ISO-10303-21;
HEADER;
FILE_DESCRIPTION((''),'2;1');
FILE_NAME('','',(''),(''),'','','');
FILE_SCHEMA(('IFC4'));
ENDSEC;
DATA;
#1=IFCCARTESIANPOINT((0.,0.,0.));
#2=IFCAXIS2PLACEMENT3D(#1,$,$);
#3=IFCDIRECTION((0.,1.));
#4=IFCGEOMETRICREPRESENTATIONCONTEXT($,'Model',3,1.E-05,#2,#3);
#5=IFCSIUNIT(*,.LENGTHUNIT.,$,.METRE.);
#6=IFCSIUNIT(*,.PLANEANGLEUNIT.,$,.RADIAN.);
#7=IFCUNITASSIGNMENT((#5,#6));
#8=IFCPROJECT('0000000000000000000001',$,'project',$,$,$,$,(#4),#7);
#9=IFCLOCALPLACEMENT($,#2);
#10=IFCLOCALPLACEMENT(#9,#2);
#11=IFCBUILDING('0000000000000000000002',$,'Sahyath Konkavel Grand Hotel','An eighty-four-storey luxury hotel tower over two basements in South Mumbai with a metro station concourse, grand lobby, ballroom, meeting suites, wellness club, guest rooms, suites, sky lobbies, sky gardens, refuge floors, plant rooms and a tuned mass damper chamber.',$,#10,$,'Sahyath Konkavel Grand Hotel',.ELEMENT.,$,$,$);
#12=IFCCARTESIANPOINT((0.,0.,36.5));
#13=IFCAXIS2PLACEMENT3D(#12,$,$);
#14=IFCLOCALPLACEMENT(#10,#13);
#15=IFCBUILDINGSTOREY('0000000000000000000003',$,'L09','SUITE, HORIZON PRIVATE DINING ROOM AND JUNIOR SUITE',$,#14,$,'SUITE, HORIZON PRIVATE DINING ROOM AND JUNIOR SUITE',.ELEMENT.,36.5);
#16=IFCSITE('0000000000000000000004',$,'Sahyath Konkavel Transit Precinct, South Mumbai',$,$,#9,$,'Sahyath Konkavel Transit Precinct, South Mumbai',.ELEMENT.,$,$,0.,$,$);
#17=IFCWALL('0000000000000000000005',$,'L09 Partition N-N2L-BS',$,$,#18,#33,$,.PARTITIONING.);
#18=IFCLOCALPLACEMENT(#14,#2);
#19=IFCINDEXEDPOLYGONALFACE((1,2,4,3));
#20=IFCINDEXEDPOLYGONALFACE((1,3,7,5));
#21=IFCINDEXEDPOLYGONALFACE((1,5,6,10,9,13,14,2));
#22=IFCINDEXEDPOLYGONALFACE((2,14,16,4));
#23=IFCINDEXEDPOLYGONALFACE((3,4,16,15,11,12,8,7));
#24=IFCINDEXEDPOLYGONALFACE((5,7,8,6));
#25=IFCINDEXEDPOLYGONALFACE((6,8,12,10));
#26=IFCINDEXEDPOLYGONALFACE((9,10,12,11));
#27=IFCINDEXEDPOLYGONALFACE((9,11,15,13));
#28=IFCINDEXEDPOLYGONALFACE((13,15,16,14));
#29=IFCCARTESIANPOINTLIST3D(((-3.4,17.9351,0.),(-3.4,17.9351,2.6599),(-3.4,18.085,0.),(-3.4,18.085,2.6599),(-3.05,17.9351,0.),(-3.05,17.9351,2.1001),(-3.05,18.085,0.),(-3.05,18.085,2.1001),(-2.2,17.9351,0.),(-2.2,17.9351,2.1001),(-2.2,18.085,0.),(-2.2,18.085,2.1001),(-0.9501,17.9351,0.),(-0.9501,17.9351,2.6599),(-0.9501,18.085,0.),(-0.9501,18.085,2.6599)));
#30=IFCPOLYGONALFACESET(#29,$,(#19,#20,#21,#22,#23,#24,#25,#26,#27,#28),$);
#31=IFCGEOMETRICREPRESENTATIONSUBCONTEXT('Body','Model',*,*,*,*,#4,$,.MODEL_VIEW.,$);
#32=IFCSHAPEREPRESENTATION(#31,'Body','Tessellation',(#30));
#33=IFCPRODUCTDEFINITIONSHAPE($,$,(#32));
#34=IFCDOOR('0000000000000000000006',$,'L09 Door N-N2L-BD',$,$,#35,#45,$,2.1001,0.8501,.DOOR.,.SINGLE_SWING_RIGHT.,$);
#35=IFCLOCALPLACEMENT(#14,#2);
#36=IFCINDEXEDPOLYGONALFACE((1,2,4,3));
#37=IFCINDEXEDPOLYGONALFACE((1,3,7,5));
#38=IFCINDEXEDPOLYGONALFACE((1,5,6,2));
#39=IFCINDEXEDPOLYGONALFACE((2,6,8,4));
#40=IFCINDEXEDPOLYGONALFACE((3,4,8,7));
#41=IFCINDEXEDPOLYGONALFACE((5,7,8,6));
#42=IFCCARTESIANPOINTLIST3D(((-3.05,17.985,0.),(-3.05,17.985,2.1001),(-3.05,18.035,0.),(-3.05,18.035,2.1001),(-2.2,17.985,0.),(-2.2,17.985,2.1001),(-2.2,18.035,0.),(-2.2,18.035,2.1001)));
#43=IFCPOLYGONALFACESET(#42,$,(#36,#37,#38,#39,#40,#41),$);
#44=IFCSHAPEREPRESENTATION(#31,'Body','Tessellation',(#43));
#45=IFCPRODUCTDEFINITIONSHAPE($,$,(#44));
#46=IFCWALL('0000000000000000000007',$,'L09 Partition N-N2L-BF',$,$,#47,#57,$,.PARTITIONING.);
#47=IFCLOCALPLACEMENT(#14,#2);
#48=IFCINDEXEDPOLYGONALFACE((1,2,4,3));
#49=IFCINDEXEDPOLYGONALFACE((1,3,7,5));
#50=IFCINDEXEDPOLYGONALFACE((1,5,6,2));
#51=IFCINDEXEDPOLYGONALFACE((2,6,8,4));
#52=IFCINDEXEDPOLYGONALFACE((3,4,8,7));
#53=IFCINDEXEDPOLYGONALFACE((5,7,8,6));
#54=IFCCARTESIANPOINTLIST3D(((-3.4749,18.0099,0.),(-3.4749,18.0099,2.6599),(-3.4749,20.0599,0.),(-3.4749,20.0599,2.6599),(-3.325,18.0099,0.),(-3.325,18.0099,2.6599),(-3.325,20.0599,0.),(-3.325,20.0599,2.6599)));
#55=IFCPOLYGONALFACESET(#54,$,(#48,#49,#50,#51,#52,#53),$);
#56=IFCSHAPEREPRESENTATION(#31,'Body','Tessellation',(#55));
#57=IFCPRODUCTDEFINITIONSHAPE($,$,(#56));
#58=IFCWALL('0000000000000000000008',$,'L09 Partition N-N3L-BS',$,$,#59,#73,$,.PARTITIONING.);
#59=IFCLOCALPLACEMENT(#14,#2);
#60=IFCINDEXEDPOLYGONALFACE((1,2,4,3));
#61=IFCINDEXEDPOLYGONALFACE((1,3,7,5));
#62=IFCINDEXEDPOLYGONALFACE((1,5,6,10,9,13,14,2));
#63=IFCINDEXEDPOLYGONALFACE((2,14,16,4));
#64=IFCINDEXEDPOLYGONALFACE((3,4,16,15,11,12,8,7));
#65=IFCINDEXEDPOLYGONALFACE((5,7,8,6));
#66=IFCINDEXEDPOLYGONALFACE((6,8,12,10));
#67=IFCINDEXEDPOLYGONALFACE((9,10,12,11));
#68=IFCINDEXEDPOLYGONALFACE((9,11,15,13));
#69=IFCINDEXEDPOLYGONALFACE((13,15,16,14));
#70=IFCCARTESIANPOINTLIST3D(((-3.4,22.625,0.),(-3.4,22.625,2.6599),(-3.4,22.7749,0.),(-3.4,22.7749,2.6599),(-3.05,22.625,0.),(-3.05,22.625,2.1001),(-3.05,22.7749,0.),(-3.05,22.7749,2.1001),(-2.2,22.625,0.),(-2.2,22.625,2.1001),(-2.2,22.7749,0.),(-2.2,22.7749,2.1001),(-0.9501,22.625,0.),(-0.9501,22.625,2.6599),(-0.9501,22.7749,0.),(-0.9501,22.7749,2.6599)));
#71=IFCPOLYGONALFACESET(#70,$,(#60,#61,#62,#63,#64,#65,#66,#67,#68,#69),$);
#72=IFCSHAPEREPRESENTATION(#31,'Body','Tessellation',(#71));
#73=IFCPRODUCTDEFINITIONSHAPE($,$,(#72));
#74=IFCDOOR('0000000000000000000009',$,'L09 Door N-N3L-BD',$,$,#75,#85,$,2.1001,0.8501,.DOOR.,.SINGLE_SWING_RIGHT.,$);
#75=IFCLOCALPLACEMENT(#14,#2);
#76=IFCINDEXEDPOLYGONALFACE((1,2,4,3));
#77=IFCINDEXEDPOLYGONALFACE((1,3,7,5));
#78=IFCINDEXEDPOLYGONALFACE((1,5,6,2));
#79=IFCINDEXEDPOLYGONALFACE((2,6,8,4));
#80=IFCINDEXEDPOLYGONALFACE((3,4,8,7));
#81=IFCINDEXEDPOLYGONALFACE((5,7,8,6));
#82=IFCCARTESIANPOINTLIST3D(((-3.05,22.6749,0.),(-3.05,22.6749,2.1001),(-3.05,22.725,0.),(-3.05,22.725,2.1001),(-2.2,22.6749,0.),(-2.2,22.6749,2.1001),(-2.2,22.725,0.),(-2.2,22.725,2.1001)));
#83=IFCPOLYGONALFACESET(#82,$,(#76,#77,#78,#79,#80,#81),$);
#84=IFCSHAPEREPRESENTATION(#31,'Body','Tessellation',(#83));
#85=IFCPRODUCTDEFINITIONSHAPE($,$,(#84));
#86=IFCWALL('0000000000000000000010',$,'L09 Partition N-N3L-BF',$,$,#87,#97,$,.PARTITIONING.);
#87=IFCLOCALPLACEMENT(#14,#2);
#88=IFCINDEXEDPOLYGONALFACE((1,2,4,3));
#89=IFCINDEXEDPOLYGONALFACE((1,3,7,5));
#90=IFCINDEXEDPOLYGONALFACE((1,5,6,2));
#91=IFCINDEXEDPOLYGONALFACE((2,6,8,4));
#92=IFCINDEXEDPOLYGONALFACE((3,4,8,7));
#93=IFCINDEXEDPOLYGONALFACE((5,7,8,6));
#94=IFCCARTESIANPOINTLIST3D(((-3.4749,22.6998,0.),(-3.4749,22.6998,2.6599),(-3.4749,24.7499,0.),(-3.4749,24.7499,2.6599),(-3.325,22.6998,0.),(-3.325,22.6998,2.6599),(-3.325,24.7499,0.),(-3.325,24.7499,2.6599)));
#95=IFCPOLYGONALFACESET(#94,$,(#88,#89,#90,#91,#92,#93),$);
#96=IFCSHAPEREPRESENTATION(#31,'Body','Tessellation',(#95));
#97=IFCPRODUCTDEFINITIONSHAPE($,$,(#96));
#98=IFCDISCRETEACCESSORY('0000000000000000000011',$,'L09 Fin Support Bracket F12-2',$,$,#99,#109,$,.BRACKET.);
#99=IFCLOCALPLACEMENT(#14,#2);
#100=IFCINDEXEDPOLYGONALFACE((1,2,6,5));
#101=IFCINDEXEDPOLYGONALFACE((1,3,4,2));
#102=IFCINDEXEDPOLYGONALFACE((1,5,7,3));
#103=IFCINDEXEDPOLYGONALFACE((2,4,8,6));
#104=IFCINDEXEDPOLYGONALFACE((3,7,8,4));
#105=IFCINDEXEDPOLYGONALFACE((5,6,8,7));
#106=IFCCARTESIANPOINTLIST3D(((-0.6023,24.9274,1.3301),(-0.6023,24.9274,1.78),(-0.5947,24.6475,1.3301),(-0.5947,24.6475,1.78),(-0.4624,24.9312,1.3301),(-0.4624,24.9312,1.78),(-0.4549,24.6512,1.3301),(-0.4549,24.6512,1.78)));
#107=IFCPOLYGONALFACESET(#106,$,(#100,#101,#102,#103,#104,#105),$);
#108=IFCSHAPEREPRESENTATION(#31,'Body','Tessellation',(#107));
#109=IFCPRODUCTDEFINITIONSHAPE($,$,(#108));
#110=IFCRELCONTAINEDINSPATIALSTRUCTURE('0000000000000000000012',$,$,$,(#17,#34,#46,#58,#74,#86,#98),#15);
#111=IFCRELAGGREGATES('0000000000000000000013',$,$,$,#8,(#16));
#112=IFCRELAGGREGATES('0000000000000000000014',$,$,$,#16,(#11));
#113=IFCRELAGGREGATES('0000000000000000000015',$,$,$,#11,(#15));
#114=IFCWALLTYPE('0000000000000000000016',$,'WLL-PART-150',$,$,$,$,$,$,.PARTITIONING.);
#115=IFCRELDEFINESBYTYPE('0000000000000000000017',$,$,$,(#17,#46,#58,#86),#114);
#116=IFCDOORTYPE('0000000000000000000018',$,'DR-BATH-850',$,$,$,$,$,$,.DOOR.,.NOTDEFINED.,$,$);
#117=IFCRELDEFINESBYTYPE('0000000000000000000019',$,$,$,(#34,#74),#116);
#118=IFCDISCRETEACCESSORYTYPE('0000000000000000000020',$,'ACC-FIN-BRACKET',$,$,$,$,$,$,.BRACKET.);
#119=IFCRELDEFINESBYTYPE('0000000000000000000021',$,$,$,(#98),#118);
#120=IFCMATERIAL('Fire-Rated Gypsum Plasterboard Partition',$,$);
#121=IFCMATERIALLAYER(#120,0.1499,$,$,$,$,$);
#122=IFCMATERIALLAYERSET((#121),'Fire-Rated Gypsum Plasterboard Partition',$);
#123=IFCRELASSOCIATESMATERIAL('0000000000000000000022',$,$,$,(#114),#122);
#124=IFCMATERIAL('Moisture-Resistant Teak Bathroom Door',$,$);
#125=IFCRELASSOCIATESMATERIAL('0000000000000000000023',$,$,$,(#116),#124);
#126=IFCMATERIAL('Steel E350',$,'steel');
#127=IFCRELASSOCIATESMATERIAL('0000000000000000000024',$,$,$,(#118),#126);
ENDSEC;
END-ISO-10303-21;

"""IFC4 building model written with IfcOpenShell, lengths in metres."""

from ifc_helpers import new_model, si_unit, direction, frame, frame_2d, origin, origin_2d, place, context, subcontext, project, spatial, rectangle, extrude, source, transform, mapped, material, layer, layer_set, type_object, element, fill, save


model = new_model("IFC4")

# Units and contexts
model_context = context("Model", 3, precision=1e-05, world=origin(), true_north=direction((0.0, 1.0)))
body_context = subcontext(model_context, "Body", "Model", "MODEL_VIEW")
ifc_project = project(units=[si_unit("LENGTHUNIT", "METRE"), si_unit("PLANEANGLEUNIT", "RADIAN")], contexts=[model_context])

# Site, building, storey
site_placement = place(None, origin())
site = spatial("IfcSite", under=ifc_project, at=site_placement, Name="Sahyath Konkavel Transit Precinct, South Mumbai", LongName="Sahyath Konkavel Transit Precinct, South Mumbai", CompositionType="ELEMENT", RefElevation=0.0)
building_placement = place(site_placement, origin())
building = spatial("IfcBuilding", under=site, at=building_placement, Name="Sahyath Konkavel Grand Hotel", Description="An eighty-four-storey luxury hotel tower over two basements in South Mumbai with a metro station concourse, grand lobby, ballroom, meeting suites, wellness club, guest rooms, suites, sky lobbies, sky gardens, refuge floors, plant rooms and a tuned mass damper chamber.", LongName="Sahyath Konkavel Grand Hotel", CompositionType="ELEMENT")
storey_placement = place(building_placement, frame((0.0, 0.0, 36.5)))
storey = spatial("IfcBuildingStorey", under=building, at=storey_placement, Name="L09", Description="SUITE, HORIZON PRIVATE DINING ROOM AND JUNIOR SUITE", LongName="SUITE, HORIZON PRIVATE DINING ROOM AND JUNIOR SUITE", CompositionType="ELEMENT", Elevation=36.5)

# Shared definitions
ifc_material_1 = material(Name="Steel E350", Category="steel")

# Wall, opening, door
ifc_material_2 = material(Name="Fire-Rated Gypsum Plasterboard Partition")
ifc_layer_1 = layer(ifc_material_2, 0.1499)
ifc_layer_set_1 = layer_set([ifc_layer_1], Name="Fire-Rated Gypsum Plasterboard Partition")
wall_type_1 = type_object("IfcWallType", Name="WLL-PART-150", PredefinedType="PARTITIONING", material=ifc_layer_set_1)
wall_1_placement = place(storey_placement, frame((-0.95, 18.01, 0.0), z_axis=(0.0, 0.0, 1.0), x_axis=(-1.0, 0.0, 0.0)))
wall_1 = element("IfcWall", 1, at=wall_1_placement, inside=storey, type_object=wall_type_1, Name="L09 Partition N-N2L-BS", PredefinedType="PARTITIONING", context=body_context, shape_type="SweptSolid", body=[
    extrude(rectangle(XDim=2.45, YDim=0.1499, at=frame_2d((1.2251, 0.0))), origin(), (0.0, 0.0, 1.0), 2.6599),
])
opening_1_placement = place(wall_1_placement, frame((1.25, 0.0, 0.0)))
opening_1 = element("IfcOpeningElement", 2, at=opening_1_placement, cuts=wall_1, PredefinedType="OPENING", context=body_context, shape_type="SweptSolid", body=[
    extrude(rectangle(XDim=0.8501, YDim=2.1001, at=frame_2d((0.425, 1.05))), frame((0.0, 0.085, 0.0), z_axis=(0.0, -1.0, 0.0), x_axis=(1.0, 0.0, 0.0)), (0.0, 0.0, 1.0), 0.1699),
])
ifc_material_3 = material(Name="Moisture-Resistant Teak Bathroom Door")
door_type = type_object("IfcDoorType", Name="DR-BATH-850", OperationType="NOTDEFINED", PredefinedType="DOOR", material=ifc_material_3)
shared_shape_1 = source(origin(), body_context, "Body", "SweptSolid", [
    extrude(rectangle(XDim=0.8501, YDim=0.05, at=origin_2d()), origin(), (0.0, 0.0, 1.0), 2.1001),
])
door_1_placement = place(opening_1_placement, frame((0.425, 0.0, 0.0)))
door_1 = element("IfcDoor", 3, at=door_1_placement, inside=storey, type_object=door_type, Name="L09 Door N-N2L-BD", OperationType="SINGLE_SWING_RIGHT", OverallHeight=2.1001, OverallWidth=0.8501, PredefinedType="DOOR", context=body_context, shape_type="MappedRepresentation", body=[
    mapped(shared_shape_1, transform((0.0, 0.0, 0.0), scale=1.0)),
])
fill(opening_1, door_1)

# Wall
wall_2_placement = place(storey_placement, frame((-3.3999, 18.01, 0.0), z_axis=(0.0, 0.0, 1.0), x_axis=(0.0, 1.0, 0.0)))
element("IfcWall", 4, at=wall_2_placement, inside=storey, type_object=wall_type_1, Name="L09 Partition N-N2L-BF", PredefinedType="PARTITIONING", context=body_context, shape_type="SweptSolid", body=[
    extrude(rectangle(XDim=2.05, YDim=0.1499, at=frame_2d((1.0249, 0.0))), origin(), (0.0, 0.0, 1.0), 2.6599),
])

# Wall, opening, door
wall_3_placement = place(storey_placement, frame((-0.95, 22.7, 0.0), z_axis=(0.0, 0.0, 1.0), x_axis=(-1.0, 0.0, 0.0)))
wall_3 = element("IfcWall", 5, at=wall_3_placement, inside=storey, type_object=wall_type_1, Name="L09 Partition N-N3L-BS", PredefinedType="PARTITIONING", context=body_context, shape_type="SweptSolid", body=[
    extrude(rectangle(XDim=2.45, YDim=0.1499, at=frame_2d((1.2251, 0.0))), origin(), (0.0, 0.0, 1.0), 2.6599),
])
opening_2_placement = place(wall_3_placement, frame((1.25, 0.0, 0.0)))
opening_2 = element("IfcOpeningElement", 6, at=opening_2_placement, cuts=wall_3, PredefinedType="OPENING", context=body_context, shape_type="SweptSolid", body=[
    extrude(rectangle(XDim=0.8501, YDim=2.1001, at=frame_2d((0.425, 1.05))), frame((0.0, 0.085, 0.0), z_axis=(0.0, -1.0, 0.0), x_axis=(1.0, 0.0, 0.0)), (0.0, 0.0, 1.0), 0.1699),
])
door_2_placement = place(opening_2_placement, frame((0.425, 0.0, 0.0)))
door_2 = element("IfcDoor", 7, at=door_2_placement, inside=storey, type_object=door_type, Name="L09 Door N-N3L-BD", OperationType="SINGLE_SWING_RIGHT", OverallHeight=2.1001, OverallWidth=0.8501, PredefinedType="DOOR", context=body_context, shape_type="MappedRepresentation", body=[
    mapped(shared_shape_1, transform((0.0, 0.0, 0.0), scale=1.0)),
])
fill(opening_2, door_2)

# Wall
wall_4_placement = place(storey_placement, frame((-3.3999, 22.7, 0.0), z_axis=(0.0, 0.0, 1.0), x_axis=(0.0, 1.0, 0.0)))
element("IfcWall", 8, at=wall_4_placement, inside=storey, type_object=wall_type_1, Name="L09 Partition N-N3L-BF", PredefinedType="PARTITIONING", context=body_context, shape_type="SweptSolid", body=[
    extrude(rectangle(XDim=2.05, YDim=0.1499, at=frame_2d((1.0249, 0.0))), origin(), (0.0, 0.0, 1.0), 2.6599),
])

# Discrete accessory
discrete_accessory_type = type_object("IfcDiscreteAccessoryType", Name="ACC-FIN-BRACKET", PredefinedType="BRACKET", material=ifc_material_1)
shared_shape_2 = source(origin(), body_context, "Body", "SweptSolid", [
    extrude(rectangle(XDim=0.28, YDim=0.1399, at=origin_2d()), origin(), (0.0, 0.0, 1.0), 0.45),
])
discrete_accessory_placement = place(storey_placement, frame((-0.5286, 24.7893, 1.3301), z_axis=(0.0, 0.0, 1.0), x_axis=(-0.02691, 0.999638, 0.0)))
element("IfcDiscreteAccessory", 9, at=discrete_accessory_placement, inside=storey, type_object=discrete_accessory_type, Name="L09 Fin Support Bracket F12-2", PredefinedType="BRACKET", context=body_context, shape_type="MappedRepresentation", body=[
    mapped(shared_shape_2, transform((0.0, 0.0, 0.0), scale=1.0)),
])

save(model, "model.ifc")
